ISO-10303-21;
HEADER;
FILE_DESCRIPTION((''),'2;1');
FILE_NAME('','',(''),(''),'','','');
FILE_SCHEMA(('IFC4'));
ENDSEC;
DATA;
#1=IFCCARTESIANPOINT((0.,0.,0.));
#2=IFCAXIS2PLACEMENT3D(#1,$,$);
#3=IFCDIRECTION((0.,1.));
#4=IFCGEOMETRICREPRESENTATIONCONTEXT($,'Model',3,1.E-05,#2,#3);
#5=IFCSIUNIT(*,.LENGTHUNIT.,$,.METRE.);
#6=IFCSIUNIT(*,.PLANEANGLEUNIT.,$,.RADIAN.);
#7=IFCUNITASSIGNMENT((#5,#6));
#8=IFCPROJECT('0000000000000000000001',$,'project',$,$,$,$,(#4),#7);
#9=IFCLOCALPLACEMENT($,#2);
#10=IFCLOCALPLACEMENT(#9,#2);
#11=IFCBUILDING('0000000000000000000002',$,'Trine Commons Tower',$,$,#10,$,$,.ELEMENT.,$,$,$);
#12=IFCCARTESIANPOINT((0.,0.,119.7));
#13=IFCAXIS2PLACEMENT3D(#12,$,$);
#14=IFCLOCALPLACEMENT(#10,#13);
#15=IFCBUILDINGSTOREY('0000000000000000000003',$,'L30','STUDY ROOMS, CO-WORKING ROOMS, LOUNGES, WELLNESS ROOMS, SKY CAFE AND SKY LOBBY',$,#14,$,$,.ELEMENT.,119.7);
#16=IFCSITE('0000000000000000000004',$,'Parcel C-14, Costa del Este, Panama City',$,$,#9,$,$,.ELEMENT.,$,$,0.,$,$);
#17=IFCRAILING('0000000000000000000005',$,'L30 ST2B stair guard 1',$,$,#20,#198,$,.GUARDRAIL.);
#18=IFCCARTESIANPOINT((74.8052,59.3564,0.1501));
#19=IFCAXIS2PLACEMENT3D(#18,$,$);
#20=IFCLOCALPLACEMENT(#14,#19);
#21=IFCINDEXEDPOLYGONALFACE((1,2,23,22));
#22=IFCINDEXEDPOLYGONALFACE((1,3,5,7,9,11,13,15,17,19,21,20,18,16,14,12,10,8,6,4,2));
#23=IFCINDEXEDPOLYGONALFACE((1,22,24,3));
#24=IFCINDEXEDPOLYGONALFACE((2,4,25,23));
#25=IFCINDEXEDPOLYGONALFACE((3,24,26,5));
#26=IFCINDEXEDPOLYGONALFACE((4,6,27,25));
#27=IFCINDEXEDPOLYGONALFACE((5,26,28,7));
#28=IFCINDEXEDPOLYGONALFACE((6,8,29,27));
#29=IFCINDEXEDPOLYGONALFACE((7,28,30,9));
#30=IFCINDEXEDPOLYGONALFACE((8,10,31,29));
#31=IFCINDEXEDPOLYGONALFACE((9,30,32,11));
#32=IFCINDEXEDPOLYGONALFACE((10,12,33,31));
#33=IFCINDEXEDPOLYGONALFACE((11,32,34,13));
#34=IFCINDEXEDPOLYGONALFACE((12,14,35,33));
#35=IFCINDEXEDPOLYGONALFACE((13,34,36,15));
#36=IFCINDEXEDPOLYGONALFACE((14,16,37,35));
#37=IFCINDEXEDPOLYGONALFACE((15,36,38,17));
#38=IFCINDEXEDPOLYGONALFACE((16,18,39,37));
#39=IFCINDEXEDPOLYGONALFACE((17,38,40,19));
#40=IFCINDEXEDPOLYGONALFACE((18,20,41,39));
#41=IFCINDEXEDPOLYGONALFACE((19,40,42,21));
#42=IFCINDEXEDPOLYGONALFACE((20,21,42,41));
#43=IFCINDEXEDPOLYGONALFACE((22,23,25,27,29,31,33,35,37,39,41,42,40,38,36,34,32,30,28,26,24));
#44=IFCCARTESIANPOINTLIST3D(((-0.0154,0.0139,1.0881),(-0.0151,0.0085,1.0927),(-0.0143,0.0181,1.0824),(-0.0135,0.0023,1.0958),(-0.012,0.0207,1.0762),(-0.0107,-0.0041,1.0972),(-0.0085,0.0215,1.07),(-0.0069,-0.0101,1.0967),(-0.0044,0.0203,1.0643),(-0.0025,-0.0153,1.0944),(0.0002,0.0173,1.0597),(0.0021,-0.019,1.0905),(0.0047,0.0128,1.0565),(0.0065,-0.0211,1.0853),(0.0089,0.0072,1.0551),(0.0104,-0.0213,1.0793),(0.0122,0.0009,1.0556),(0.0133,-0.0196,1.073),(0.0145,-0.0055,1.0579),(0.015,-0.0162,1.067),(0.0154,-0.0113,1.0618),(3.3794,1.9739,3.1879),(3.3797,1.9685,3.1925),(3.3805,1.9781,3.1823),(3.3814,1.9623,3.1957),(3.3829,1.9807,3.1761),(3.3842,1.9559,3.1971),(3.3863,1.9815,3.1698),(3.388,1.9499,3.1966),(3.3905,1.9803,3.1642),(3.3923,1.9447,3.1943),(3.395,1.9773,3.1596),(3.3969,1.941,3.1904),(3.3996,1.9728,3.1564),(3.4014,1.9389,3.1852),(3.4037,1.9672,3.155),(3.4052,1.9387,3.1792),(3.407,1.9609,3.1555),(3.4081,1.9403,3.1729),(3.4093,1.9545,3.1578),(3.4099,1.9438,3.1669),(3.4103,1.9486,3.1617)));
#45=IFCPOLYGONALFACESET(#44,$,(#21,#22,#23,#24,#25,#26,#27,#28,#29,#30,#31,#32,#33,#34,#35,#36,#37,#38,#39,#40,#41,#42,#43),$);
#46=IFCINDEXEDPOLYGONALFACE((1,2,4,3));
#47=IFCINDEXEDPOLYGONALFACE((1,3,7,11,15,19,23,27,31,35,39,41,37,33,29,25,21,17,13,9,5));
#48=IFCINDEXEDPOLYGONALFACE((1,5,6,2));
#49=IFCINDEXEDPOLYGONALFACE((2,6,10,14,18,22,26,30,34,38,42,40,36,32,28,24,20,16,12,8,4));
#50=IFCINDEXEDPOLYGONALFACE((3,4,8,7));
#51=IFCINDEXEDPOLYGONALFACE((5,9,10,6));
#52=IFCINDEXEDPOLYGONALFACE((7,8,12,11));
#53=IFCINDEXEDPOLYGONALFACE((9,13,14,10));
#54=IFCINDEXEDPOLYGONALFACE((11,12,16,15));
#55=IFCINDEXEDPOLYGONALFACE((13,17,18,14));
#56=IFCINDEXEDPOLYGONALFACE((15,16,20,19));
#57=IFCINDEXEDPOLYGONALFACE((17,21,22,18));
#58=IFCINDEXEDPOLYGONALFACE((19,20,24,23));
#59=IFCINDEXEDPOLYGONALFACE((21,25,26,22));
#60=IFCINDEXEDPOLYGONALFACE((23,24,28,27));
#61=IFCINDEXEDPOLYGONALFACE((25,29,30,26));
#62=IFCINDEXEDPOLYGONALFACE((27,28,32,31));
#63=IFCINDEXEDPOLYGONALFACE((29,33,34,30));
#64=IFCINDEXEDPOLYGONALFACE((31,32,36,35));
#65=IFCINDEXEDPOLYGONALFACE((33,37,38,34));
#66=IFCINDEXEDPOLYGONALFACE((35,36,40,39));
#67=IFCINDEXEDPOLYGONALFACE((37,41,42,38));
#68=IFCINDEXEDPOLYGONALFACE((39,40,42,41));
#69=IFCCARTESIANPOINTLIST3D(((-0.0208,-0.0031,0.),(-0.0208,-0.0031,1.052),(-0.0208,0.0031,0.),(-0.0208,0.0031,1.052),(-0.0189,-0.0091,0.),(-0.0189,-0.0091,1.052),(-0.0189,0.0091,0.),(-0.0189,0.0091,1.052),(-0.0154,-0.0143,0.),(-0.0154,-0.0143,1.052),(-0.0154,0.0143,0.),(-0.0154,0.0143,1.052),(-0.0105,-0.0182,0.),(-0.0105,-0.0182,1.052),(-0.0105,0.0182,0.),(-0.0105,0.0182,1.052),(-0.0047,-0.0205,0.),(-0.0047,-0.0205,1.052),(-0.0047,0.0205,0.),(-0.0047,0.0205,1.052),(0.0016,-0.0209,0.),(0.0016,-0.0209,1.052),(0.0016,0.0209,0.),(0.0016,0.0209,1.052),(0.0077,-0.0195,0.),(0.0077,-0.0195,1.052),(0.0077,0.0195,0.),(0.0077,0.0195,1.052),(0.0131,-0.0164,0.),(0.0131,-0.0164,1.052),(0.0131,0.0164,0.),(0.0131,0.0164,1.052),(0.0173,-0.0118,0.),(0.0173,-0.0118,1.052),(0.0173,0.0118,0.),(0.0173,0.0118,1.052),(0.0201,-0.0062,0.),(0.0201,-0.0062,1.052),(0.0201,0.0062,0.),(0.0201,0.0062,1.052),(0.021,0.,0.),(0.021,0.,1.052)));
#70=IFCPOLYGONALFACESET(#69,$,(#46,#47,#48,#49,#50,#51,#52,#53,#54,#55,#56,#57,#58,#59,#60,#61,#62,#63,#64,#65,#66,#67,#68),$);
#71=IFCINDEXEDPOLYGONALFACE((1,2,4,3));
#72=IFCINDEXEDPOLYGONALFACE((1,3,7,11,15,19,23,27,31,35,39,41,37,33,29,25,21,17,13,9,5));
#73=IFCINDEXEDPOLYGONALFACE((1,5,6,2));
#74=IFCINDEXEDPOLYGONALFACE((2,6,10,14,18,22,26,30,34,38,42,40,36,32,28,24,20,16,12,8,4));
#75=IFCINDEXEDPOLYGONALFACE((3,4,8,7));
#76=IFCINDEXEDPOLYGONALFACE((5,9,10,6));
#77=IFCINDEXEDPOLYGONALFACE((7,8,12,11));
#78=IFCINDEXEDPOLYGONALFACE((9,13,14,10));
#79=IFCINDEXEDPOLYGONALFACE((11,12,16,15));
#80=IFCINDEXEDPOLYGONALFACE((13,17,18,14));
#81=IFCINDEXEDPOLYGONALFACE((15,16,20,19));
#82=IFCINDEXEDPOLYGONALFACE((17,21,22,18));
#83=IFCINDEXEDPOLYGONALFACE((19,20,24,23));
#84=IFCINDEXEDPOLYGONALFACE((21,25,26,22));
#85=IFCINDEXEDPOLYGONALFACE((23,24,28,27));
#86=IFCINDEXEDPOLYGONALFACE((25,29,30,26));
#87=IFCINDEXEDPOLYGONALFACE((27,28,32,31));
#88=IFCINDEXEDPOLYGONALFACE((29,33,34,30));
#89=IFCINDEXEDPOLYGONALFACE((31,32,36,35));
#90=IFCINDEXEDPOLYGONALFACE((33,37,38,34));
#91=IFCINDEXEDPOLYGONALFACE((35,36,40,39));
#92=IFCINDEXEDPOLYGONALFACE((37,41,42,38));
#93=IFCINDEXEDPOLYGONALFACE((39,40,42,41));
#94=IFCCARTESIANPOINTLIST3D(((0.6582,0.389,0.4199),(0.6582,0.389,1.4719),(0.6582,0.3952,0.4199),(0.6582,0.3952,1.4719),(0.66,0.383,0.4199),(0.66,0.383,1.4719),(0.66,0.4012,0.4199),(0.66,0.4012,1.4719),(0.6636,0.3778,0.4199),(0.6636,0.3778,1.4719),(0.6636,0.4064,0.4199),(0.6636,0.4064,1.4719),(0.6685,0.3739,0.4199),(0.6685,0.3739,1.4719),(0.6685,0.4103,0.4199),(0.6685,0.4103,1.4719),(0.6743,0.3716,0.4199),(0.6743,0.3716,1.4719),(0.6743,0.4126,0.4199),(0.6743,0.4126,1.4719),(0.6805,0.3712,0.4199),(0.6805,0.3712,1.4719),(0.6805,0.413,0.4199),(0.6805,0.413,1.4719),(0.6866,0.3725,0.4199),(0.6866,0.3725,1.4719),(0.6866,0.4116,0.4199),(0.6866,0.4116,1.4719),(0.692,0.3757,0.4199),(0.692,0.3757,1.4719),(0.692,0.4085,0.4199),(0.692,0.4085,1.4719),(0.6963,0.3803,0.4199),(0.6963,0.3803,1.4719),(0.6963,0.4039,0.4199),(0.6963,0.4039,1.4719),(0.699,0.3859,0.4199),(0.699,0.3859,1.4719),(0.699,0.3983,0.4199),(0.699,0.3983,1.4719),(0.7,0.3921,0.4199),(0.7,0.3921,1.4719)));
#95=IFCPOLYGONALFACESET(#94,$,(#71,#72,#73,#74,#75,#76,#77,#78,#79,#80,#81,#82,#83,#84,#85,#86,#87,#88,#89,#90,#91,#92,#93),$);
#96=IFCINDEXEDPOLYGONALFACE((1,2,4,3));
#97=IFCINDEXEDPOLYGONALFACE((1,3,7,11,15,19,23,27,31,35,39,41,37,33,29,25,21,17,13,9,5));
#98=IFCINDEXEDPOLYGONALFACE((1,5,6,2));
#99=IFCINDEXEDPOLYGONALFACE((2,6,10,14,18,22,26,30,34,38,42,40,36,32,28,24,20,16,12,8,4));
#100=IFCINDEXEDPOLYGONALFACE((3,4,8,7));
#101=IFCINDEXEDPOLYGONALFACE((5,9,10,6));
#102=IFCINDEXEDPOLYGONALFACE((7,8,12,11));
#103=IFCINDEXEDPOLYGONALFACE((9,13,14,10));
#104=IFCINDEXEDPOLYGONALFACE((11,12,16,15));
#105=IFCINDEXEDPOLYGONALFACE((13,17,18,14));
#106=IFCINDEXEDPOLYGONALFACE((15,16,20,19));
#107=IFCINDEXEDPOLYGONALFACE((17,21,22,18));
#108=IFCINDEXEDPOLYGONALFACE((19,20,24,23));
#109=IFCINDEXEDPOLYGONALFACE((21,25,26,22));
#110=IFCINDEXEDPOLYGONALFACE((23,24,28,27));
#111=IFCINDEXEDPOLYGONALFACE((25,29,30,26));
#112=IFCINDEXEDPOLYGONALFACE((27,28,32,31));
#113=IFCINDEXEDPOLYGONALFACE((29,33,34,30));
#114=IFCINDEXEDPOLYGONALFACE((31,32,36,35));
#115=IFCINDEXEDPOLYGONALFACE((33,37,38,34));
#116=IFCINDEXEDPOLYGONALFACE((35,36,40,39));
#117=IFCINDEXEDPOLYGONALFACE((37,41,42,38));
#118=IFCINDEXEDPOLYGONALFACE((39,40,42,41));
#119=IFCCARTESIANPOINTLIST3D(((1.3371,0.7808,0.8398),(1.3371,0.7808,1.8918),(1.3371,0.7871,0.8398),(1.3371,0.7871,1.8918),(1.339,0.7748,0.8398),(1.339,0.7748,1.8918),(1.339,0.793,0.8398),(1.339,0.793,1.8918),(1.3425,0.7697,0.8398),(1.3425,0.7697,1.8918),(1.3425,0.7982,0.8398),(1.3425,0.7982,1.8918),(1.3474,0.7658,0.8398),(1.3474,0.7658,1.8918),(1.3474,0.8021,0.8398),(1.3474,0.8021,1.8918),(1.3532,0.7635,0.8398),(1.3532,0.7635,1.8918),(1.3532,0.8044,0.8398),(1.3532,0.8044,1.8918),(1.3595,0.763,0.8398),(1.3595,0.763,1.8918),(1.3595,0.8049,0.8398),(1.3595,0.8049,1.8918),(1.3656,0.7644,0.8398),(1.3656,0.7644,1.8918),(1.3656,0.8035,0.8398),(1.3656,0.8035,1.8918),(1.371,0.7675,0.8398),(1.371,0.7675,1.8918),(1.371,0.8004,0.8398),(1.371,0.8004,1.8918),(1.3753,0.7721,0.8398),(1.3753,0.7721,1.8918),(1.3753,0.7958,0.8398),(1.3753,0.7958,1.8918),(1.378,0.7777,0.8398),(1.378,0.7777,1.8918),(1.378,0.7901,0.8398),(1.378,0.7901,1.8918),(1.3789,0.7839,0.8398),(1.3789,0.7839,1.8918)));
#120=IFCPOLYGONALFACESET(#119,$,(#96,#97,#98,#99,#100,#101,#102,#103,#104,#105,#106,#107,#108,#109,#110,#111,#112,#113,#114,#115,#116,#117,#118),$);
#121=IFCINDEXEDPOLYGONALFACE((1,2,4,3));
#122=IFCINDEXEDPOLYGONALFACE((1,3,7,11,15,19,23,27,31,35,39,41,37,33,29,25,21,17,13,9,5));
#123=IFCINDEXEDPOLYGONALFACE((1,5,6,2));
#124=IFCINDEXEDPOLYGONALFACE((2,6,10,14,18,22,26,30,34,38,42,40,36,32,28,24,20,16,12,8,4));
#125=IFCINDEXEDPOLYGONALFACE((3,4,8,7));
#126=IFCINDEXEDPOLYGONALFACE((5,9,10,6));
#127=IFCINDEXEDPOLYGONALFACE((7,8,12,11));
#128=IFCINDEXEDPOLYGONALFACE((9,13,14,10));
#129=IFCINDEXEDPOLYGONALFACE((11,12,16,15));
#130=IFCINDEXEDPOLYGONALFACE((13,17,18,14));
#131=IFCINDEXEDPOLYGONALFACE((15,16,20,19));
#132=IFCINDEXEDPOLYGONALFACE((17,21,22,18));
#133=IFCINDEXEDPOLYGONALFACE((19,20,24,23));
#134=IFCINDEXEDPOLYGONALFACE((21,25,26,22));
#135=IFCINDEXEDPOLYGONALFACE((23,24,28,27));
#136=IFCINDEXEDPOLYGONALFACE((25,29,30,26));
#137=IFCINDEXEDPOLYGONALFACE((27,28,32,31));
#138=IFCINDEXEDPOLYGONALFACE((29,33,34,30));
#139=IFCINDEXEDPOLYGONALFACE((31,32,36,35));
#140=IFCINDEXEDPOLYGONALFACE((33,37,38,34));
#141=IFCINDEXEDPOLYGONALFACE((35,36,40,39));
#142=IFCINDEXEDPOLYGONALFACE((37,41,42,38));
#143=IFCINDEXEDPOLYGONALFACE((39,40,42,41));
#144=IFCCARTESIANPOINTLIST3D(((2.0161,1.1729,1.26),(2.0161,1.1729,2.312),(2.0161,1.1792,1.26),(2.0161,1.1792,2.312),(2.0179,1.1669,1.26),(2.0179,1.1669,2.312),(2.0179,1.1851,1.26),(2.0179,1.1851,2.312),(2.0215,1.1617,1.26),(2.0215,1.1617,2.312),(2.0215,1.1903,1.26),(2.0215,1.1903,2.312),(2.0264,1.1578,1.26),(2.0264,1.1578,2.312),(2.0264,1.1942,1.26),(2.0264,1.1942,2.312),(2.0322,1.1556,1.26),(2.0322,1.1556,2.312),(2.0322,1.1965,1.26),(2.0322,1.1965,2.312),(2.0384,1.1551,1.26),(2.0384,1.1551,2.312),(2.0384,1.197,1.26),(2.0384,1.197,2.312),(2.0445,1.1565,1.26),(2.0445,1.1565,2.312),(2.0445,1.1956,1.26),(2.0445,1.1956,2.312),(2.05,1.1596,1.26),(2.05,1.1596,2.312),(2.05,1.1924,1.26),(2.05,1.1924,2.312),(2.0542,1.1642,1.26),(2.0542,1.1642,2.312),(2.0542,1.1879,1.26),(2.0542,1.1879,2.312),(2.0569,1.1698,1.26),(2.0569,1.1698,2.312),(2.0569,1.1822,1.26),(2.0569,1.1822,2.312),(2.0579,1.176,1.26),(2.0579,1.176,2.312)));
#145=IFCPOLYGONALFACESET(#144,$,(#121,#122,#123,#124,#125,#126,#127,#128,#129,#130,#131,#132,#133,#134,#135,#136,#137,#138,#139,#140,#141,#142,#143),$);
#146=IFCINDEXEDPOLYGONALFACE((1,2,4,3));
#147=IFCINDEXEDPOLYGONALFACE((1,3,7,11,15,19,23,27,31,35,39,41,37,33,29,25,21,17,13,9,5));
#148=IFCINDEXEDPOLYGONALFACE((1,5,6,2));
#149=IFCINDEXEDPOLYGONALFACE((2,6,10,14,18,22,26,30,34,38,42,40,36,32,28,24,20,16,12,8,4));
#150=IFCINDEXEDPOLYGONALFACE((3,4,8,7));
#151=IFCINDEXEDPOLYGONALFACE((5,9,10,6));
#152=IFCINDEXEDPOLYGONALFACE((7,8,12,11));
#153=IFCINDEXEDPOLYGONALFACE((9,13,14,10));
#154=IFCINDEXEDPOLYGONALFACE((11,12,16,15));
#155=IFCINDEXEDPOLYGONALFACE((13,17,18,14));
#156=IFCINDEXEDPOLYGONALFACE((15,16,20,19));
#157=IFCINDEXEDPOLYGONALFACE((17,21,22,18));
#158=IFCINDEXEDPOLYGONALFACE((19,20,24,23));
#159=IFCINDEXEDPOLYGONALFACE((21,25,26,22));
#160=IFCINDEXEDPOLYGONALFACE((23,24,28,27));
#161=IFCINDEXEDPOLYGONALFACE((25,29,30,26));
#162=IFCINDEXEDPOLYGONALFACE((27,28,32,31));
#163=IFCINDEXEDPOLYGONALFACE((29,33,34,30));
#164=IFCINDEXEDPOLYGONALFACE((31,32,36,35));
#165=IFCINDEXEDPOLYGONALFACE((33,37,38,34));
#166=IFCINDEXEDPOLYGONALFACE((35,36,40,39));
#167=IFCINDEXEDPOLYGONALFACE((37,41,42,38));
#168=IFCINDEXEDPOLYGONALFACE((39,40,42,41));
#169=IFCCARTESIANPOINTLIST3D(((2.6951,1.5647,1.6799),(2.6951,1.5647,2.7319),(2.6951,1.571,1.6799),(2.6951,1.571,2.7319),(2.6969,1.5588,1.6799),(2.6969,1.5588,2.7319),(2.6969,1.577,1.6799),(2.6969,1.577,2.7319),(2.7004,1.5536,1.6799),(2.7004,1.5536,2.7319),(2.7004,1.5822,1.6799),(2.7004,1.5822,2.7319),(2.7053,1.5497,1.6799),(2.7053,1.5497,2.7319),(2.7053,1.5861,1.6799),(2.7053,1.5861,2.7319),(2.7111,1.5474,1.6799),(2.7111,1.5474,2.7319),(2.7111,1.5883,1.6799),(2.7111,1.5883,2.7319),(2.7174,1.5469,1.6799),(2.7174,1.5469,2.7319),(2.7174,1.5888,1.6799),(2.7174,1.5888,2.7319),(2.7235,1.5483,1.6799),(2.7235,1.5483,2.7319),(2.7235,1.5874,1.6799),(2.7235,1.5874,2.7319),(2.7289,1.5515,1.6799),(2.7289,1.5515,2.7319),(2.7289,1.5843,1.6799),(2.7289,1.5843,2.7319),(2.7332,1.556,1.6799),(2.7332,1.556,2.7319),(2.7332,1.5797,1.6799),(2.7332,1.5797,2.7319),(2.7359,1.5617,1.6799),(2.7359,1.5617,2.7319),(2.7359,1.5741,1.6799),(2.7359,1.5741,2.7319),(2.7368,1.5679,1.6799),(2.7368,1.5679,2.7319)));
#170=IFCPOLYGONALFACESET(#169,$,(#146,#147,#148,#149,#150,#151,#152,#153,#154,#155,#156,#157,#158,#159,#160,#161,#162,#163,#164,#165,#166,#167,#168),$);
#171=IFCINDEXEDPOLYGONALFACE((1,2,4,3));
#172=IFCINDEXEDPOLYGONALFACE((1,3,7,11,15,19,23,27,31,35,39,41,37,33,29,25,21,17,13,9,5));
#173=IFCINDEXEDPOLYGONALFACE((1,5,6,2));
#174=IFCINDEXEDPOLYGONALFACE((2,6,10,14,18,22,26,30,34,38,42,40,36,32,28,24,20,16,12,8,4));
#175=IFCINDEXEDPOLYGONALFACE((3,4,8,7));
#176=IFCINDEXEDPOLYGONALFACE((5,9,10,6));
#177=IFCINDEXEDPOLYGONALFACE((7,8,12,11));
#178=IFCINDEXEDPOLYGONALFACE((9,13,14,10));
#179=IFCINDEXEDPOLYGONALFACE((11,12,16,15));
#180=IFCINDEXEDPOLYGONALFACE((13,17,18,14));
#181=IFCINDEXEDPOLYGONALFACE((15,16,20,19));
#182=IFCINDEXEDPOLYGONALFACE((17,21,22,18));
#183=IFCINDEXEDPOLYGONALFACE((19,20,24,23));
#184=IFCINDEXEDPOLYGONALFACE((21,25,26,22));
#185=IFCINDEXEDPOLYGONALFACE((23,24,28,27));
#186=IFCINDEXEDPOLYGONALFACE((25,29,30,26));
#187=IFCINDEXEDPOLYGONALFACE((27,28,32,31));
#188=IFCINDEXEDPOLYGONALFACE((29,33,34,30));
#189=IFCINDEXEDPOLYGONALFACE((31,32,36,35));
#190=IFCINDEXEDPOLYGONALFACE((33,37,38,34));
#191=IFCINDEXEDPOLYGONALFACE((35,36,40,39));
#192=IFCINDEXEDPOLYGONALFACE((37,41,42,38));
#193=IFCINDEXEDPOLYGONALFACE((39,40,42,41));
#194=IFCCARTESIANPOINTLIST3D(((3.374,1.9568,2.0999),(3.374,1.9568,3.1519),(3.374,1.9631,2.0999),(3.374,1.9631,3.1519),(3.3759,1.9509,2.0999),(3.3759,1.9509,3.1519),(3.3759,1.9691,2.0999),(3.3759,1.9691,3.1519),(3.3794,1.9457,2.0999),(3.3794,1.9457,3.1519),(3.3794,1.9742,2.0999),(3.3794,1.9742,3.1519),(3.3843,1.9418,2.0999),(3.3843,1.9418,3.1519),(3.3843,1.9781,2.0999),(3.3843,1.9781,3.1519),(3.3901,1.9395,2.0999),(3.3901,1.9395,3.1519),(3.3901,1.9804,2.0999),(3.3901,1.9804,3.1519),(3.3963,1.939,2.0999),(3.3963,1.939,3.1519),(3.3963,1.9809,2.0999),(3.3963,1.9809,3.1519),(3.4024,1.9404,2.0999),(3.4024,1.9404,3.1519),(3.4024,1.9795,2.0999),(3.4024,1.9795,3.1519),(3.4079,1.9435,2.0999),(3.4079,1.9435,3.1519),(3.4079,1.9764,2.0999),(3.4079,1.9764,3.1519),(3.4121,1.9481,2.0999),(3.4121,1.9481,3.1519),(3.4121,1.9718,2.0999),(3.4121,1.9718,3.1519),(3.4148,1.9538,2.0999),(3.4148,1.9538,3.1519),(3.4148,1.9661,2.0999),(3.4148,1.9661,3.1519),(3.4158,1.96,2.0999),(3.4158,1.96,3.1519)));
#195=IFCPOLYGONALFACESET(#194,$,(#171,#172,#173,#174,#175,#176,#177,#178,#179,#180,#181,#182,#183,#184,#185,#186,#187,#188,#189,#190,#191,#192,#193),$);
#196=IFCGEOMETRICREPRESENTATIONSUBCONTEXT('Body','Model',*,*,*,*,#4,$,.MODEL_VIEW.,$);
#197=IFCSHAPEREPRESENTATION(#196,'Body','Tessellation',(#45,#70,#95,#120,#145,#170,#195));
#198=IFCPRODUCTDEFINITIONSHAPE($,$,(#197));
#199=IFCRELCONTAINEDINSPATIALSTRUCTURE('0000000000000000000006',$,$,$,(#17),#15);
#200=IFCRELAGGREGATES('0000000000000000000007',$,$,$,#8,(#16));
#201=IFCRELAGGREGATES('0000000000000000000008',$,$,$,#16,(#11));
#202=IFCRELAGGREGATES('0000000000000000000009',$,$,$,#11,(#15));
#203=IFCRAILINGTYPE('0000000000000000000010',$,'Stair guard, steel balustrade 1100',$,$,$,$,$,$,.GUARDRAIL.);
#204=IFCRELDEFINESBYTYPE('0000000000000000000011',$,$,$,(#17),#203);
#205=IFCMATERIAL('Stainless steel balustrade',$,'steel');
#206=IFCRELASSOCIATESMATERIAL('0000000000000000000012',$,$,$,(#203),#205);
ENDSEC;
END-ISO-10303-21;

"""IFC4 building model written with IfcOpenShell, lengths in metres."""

from ifc_helpers import new_model, si_unit, direction, frame, origin, origin_2d, place, context, subcontext, project, spatial, circle, extrude, material, type_object, element, save


model = new_model("IFC4")

# Units and contexts
model_context = context("Model", 3, precision=1e-05, world=origin(), true_north=direction((0.0, 1.0)))
body_context = subcontext(model_context, "Body", "Model", "MODEL_VIEW")
ifc_project = project(units=[si_unit("LENGTHUNIT", "METRE"), si_unit("PLANEANGLEUNIT", "RADIAN")], contexts=[model_context])

# Site, building, storey
site_placement = place(None, origin())
site = spatial("IfcSite", under=ifc_project, at=site_placement, Name="Parcel C-14, Costa del Este, Panama City", CompositionType="ELEMENT", RefElevation=0.0)
building_placement = place(site_placement, origin())
building = spatial("IfcBuilding", under=site, at=building_placement, Name="Trine Commons Tower", CompositionType="ELEMENT")
storey_placement = place(building_placement, frame((0.0, 0.0, 119.7)))
storey = spatial("IfcBuildingStorey", under=building, at=storey_placement, Name="L30", Description="STUDY ROOMS, CO-WORKING ROOMS, LOUNGES, WELLNESS ROOMS, SKY CAFE AND SKY LOBBY", CompositionType="ELEMENT", Elevation=119.7)

# Railing
ifc_material_1 = material(Name="Stainless steel balustrade", Category="steel")
railing_type = type_object("IfcRailingType", Name="Stair guard, steel balustrade 1100", PredefinedType="GUARDRAIL", material=ifc_material_1)
railing_1_placement = place(storey_placement, frame((74.8052, 59.3564, 0.1501)))
element("IfcRailing", 1, at=railing_1_placement, inside=storey, type_object=railing_type, Name="L30 ST2B stair guard 1", PredefinedType="GUARDRAIL", context=body_context, shape_type="SweptSolid", body=[
    extrude(circle(Radius=0.0239, at=origin_2d()), frame((0.0, 0.0, 1.0762), z_axis=(0.763395, 0.440743, 0.472201), x_axis=(-0.499997, 0.866027, 0.0)), (0.0, 0.0, 1.0), 4.447),
    extrude(circle(Radius=0.021, at=origin_2d()), origin(), (0.0, 0.0, 1.0), 1.052),
    extrude(circle(Radius=0.021, at=origin_2d()), frame((0.679, 0.3921, 0.4199)), (0.0, 0.0, 1.0), 1.052),
    extrude(circle(Radius=0.021, at=origin_2d()), frame((1.3579, 0.7839, 0.8398)), (0.0, 0.0, 1.0), 1.052),
    extrude(circle(Radius=0.021, at=origin_2d()), frame((2.0369, 1.176, 1.26)), (0.0, 0.0, 1.0), 1.052),
    extrude(circle(Radius=0.021, at=origin_2d()), frame((2.7158, 1.5679, 1.6799)), (0.0, 0.0, 1.0), 1.052),
    extrude(circle(Radius=0.021, at=origin_2d()), frame((3.3948, 1.96, 2.0999)), (0.0, 0.0, 1.0), 1.052),
])

save(model, "model.ifc")
